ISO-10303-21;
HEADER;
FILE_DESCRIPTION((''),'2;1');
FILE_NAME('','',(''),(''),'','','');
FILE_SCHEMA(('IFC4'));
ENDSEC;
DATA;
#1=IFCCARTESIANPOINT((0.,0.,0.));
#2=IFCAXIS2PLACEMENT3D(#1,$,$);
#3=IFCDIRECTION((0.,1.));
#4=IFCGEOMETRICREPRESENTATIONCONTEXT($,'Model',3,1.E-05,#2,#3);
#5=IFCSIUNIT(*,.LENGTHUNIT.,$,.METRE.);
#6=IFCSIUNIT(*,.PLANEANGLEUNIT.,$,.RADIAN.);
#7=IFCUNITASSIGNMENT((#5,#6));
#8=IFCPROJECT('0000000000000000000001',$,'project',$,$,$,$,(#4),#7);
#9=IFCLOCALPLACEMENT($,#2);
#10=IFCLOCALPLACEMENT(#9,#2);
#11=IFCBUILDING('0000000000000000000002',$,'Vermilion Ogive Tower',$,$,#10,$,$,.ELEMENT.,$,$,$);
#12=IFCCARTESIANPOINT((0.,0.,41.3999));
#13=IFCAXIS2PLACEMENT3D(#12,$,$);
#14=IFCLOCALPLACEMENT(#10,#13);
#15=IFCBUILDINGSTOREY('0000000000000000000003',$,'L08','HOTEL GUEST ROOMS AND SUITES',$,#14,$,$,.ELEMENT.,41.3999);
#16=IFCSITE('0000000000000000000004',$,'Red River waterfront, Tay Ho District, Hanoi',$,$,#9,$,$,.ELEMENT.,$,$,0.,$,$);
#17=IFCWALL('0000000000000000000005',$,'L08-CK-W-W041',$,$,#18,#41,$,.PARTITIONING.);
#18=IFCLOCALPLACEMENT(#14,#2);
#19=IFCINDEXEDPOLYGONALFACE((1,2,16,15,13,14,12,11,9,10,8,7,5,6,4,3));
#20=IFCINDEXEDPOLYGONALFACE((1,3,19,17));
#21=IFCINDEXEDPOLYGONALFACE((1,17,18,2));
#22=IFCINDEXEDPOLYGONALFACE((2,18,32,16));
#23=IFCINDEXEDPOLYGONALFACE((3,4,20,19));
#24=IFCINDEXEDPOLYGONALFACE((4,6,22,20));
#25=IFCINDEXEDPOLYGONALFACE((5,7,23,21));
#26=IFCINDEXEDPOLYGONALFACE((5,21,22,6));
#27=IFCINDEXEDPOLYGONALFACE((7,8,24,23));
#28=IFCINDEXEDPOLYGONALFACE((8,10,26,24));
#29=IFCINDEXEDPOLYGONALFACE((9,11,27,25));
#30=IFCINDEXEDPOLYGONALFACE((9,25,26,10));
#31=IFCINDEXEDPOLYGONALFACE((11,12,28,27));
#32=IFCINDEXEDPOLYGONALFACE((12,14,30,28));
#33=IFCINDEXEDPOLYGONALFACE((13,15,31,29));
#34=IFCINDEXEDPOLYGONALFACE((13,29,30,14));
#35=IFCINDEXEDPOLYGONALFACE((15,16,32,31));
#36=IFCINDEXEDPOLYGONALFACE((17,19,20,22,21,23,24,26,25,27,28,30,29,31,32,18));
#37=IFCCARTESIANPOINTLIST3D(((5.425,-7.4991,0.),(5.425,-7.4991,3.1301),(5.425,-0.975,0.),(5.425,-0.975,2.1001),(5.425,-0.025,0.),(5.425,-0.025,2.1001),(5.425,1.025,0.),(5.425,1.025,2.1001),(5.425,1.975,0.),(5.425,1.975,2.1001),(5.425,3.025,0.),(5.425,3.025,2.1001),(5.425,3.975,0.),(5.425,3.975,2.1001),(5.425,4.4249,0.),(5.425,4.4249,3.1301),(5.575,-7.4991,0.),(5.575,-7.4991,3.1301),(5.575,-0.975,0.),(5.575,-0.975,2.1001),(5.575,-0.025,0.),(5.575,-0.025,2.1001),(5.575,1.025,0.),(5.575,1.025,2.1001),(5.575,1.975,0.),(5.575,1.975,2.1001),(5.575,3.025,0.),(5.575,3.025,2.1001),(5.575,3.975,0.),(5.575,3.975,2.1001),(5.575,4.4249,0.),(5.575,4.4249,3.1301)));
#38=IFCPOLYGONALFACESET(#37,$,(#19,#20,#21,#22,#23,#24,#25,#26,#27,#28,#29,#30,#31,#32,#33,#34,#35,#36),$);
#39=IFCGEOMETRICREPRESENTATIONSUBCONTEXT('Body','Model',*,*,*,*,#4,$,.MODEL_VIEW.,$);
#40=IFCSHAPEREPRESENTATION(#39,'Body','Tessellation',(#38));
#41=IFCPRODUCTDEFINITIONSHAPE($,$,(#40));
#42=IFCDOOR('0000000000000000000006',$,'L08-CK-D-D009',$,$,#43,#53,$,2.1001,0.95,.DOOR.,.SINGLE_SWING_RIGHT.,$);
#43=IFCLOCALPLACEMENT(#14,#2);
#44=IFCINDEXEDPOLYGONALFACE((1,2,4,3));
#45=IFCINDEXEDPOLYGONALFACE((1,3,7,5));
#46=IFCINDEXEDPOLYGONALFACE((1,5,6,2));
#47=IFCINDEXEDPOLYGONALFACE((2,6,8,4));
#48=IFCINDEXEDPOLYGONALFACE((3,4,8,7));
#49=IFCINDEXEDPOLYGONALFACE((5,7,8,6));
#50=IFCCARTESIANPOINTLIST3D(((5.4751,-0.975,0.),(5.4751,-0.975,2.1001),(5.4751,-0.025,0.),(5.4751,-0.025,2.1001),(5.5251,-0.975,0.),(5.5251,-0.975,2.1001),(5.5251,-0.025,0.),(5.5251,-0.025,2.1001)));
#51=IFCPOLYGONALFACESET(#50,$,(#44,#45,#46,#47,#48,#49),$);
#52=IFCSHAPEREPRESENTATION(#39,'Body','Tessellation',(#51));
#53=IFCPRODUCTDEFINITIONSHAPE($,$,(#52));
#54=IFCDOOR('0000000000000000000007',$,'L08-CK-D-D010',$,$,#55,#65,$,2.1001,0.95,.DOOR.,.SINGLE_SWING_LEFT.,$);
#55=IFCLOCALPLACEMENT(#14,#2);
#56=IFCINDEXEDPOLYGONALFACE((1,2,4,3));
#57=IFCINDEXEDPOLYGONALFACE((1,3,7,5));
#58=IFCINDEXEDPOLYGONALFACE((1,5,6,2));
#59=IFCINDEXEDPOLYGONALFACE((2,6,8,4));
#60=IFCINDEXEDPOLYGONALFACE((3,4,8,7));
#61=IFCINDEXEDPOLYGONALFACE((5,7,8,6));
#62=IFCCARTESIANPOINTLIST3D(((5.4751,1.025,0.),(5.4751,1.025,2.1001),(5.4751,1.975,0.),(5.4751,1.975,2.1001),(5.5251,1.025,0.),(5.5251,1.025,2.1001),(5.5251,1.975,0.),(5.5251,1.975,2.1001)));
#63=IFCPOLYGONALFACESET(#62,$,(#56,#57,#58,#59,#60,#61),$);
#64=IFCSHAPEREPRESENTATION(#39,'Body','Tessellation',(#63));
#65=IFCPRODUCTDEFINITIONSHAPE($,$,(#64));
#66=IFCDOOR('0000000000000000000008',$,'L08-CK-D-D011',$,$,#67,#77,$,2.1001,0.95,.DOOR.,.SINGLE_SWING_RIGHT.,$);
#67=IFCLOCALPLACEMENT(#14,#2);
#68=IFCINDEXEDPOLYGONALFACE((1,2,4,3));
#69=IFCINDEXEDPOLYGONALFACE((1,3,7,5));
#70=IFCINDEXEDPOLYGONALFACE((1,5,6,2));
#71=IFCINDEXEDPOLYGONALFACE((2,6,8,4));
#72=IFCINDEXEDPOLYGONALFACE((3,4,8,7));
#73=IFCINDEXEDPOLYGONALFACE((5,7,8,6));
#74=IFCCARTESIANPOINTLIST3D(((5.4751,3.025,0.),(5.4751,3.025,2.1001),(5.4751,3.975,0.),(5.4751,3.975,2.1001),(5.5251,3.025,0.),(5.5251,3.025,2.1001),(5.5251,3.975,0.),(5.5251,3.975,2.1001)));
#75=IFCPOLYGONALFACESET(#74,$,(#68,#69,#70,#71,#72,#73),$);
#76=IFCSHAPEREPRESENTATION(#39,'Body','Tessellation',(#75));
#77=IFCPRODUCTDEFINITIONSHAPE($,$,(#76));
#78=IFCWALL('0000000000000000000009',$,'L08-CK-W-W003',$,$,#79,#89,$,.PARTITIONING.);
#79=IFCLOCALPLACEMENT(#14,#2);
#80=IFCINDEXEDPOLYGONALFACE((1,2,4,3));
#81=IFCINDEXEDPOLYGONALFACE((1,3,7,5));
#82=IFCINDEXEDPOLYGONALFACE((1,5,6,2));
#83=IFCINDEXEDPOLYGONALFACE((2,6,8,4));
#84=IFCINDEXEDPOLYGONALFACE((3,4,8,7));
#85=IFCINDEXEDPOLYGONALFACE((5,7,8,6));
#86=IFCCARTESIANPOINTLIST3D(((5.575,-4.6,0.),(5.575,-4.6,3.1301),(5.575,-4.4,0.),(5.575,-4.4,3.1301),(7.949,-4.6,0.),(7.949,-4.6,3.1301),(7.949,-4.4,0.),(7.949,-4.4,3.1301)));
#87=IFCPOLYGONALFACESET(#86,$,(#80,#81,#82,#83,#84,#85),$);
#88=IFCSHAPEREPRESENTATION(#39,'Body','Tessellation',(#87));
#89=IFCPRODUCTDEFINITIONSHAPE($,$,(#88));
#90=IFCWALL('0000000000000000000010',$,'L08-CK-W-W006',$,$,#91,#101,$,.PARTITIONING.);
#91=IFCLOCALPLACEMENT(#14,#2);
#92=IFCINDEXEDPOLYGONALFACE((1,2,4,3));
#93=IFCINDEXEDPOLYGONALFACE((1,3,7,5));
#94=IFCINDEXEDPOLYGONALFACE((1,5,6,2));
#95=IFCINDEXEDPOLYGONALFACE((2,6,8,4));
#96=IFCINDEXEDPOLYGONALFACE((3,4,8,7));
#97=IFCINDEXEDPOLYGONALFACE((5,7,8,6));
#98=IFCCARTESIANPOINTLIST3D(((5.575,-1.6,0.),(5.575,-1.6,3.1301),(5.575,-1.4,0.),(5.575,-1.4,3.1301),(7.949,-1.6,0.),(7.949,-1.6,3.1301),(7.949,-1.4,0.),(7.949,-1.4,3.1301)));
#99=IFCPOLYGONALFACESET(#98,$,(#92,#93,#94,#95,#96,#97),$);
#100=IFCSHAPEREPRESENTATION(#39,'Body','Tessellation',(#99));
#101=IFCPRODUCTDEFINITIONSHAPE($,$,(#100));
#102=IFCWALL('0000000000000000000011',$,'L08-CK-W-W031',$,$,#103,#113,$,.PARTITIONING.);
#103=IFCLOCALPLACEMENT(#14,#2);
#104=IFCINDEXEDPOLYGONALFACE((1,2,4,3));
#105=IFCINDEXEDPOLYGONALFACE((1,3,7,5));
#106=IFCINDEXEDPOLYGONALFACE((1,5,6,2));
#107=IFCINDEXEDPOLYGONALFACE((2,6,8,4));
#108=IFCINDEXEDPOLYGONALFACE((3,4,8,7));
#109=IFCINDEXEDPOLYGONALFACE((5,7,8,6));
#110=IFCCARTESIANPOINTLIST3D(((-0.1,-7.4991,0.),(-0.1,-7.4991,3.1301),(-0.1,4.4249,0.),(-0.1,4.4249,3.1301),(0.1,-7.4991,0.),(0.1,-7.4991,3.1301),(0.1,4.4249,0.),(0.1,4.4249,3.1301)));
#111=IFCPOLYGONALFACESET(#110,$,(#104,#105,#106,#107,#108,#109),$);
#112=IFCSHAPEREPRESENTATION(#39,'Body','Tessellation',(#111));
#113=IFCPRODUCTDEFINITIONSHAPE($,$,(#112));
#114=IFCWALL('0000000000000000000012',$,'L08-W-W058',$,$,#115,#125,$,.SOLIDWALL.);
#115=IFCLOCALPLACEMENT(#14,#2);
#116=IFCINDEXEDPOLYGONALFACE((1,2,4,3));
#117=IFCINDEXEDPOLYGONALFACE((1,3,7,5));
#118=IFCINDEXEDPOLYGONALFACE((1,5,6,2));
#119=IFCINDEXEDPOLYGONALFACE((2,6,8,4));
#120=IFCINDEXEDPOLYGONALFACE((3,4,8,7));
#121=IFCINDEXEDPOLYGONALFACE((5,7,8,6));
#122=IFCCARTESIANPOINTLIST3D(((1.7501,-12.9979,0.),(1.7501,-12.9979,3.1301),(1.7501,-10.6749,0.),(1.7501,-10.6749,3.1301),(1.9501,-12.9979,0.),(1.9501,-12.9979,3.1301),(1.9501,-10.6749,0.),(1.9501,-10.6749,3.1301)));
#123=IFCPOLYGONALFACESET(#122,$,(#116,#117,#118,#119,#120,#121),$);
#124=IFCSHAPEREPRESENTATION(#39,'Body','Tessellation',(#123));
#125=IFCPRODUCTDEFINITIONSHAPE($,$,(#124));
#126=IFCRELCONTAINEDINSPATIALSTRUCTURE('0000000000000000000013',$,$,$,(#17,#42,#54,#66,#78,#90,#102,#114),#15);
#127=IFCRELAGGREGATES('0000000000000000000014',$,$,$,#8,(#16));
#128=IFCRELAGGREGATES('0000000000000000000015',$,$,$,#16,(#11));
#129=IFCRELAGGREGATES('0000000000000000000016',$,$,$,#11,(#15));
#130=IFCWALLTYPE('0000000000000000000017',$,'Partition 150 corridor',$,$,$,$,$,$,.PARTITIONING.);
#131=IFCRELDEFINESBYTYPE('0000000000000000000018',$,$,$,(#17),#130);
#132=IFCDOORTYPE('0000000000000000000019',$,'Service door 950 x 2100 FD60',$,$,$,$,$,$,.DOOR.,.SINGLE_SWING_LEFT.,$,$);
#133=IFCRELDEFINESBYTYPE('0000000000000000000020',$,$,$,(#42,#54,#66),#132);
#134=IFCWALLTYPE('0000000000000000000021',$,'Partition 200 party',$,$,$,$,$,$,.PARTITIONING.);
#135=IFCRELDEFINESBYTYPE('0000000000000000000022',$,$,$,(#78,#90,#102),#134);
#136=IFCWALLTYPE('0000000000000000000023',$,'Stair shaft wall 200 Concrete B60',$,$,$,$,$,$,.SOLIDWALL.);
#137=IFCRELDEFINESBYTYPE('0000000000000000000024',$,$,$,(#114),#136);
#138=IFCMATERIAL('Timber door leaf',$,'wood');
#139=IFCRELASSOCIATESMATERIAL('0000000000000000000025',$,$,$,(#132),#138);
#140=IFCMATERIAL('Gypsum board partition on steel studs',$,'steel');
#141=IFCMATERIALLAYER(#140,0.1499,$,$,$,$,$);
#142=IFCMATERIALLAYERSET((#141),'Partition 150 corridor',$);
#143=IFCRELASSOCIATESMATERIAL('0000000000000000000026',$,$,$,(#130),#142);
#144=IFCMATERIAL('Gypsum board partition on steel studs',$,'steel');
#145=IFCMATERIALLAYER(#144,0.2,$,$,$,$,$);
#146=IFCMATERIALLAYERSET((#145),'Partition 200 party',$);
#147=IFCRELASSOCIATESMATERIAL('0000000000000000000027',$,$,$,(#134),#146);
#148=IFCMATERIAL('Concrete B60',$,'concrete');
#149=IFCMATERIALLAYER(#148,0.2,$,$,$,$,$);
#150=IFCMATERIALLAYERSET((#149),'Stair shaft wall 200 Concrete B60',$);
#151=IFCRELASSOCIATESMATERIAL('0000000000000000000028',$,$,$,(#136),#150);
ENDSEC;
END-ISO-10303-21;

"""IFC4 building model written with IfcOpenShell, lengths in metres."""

from ifc_helpers import new_model, si_unit, direction, frame, frame_2d, origin, place, context, subcontext, project, spatial, rectangle, extrude, material, layer, layer_set, type_object, element, fill, save


model = new_model("IFC4")

# Units and contexts
model_context = context("Model", 3, precision=1e-05, world=origin(), true_north=direction((0.0, 1.0)))
body_context = subcontext(model_context, "Body", "Model", "MODEL_VIEW")
ifc_project = project(units=[si_unit("LENGTHUNIT", "METRE"), si_unit("PLANEANGLEUNIT", "RADIAN")], contexts=[model_context])

# Site, building, storey
site_placement = place(None, origin())
site = spatial("IfcSite", under=ifc_project, at=site_placement, Name="Red River waterfront, Tay Ho District, Hanoi", CompositionType="ELEMENT", RefElevation=0.0)
building_placement = place(site_placement, origin())
building = spatial("IfcBuilding", under=site, at=building_placement, Name="Vermilion Ogive Tower", CompositionType="ELEMENT")
storey_placement = place(building_placement, frame((0.0, 0.0, 41.3999)))
storey = spatial("IfcBuildingStorey", under=building, at=storey_placement, Name="L08", Description="HOTEL GUEST ROOMS AND SUITES", CompositionType="ELEMENT", Elevation=41.3999)

# Shared definitions
ifc_material_1 = material(Name="Timber door leaf", Category="wood")
door_type_1 = type_object("IfcDoorType", Name="Service door 950 x 2100 FD60", OperationType="SINGLE_SWING_LEFT", PredefinedType="DOOR", material=ifc_material_1)

# Shared definitions
ifc_material_2 = material(Name="Gypsum board partition on steel studs", Category="steel")
ifc_layer_1 = layer(ifc_material_2, 0.1499)
ifc_layer_set_1 = layer_set([ifc_layer_1], Name="Partition 150 corridor")
wall_type_1 = type_object("IfcWallType", Name="Partition 150 corridor", PredefinedType="PARTITIONING", material=ifc_layer_set_1)

# Wall, openings, doors
wall_1_placement = place(storey_placement, frame((5.5, -7.499, 0.0), z_axis=(0.0, 0.0, 1.0), x_axis=(0.0, 1.0, 0.0)))
wall_1 = element("IfcWall", 1, at=wall_1_placement, inside=storey, type_object=wall_type_1, Name="L08-CK-W-W041", PredefinedType="PARTITIONING", context=body_context, shape_type="SweptSolid", body=[
    extrude(rectangle(XDim=11.9241, YDim=0.1499, at=frame_2d((5.9619, 0.0))), origin(), (0.0, 0.0, 1.0), 3.1301),
])
opening_1_placement = place(wall_1_placement, frame((6.5239, 0.0, 0.0)))
opening_1 = element("IfcOpeningElement", 2, at=opening_1_placement, cuts=wall_1, PredefinedType="OPENING", context=body_context, shape_type="SweptSolid", body=[
    extrude(rectangle(XDim=0.95, YDim=2.1001, at=frame_2d((0.4751, 1.05))), frame((0.0, 0.085, 0.0), z_axis=(0.0, -1.0, 0.0), x_axis=(1.0, 0.0, 0.0)), (0.0, 0.0, 1.0), 0.1699),
])
opening_2_placement = place(wall_1_placement, frame((8.5239, 0.0, 0.0)))
opening_2 = element("IfcOpeningElement", 3, at=opening_2_placement, cuts=wall_1, PredefinedType="OPENING", context=body_context, shape_type="SweptSolid", body=[
    extrude(rectangle(XDim=0.95, YDim=2.1001, at=frame_2d((0.4751, 1.05))), frame((0.0, 0.085, 0.0), z_axis=(0.0, -1.0, 0.0), x_axis=(1.0, 0.0, 0.0)), (0.0, 0.0, 1.0), 0.1699),
])
opening_3_placement = place(wall_1_placement, frame((10.5239, 0.0, 0.0)))
opening_3 = element("IfcOpeningElement", 4, at=opening_3_placement, cuts=wall_1, PredefinedType="OPENING", context=body_context, shape_type="SweptSolid", body=[
    extrude(rectangle(XDim=0.95, YDim=2.1001, at=frame_2d((0.4751, 1.05))), frame((0.0, 0.085, 0.0), z_axis=(0.0, -1.0, 0.0), x_axis=(1.0, 0.0, 0.0)), (0.0, 0.0, 1.0), 0.1699),
])
door_1_placement = place(opening_1_placement, origin())
door_1 = element("IfcDoor", 5, at=door_1_placement, inside=storey, type_object=door_type_1, Name="L08-CK-D-D009", OperationType="SINGLE_SWING_RIGHT", OverallHeight=2.1001, OverallWidth=0.95, PredefinedType="DOOR", context=body_context, shape_type="SweptSolid", body=[
    extrude(rectangle(XDim=0.95, YDim=2.1001, at=frame_2d((0.4751, 1.05))), frame((0.0, 0.0249, 0.0), z_axis=(0.0, -1.0, 0.0), x_axis=(1.0, 0.0, 0.0)), (0.0, 0.0, 1.0), 0.05),
])
fill(opening_1, door_1)
door_2_placement = place(opening_2_placement, origin())
door_2 = element("IfcDoor", 6, at=door_2_placement, inside=storey, type_object=door_type_1, Name="L08-CK-D-D010", OperationType="SINGLE_SWING_LEFT", OverallHeight=2.1001, OverallWidth=0.95, PredefinedType="DOOR", context=body_context, shape_type="SweptSolid", body=[
    extrude(rectangle(XDim=0.95, YDim=2.1001, at=frame_2d((0.4751, 1.05))), frame((0.0, 0.0249, 0.0), z_axis=(0.0, -1.0, 0.0), x_axis=(1.0, 0.0, 0.0)), (0.0, 0.0, 1.0), 0.05),
])
fill(opening_2, door_2)
door_3_placement = place(opening_3_placement, origin())
door_3 = element("IfcDoor", 7, at=door_3_placement, inside=storey, type_object=door_type_1, Name="L08-CK-D-D011", OperationType="SINGLE_SWING_RIGHT", OverallHeight=2.1001, OverallWidth=0.95, PredefinedType="DOOR", context=body_context, shape_type="SweptSolid", body=[
    extrude(rectangle(XDim=0.95, YDim=2.1001, at=frame_2d((0.4751, 1.05))), frame((0.0, 0.0249, 0.0), z_axis=(0.0, -1.0, 0.0), x_axis=(1.0, 0.0, 0.0)), (0.0, 0.0, 1.0), 0.05),
])
fill(opening_3, door_3)

# Walls
ifc_material_3 = material(Name="Gypsum board partition on steel studs", Category="steel")
ifc_layer_2 = layer(ifc_material_3, 0.2)
ifc_layer_set_2 = layer_set([ifc_layer_2], Name="Partition 200 party")
wall_type_2 = type_object("IfcWallType", Name="Partition 200 party", PredefinedType="PARTITIONING", material=ifc_layer_set_2)
for number, where, z_axis, x_axis, name in (
    (8, (5.575, -4.5, 0.0), (0.0, 0.0, 1.0), (1.0, 0.0, 0.0), "L08-CK-W-W003"),
    (9, (5.575, -1.5, 0.0), (0.0, 0.0, 1.0), (1.0, 0.0, 0.0), "L08-CK-W-W006"),
):
    element("IfcWall", number, at=place(storey_placement, frame(where, z_axis=z_axis, x_axis=x_axis)), inside=storey, type_object=wall_type_2, Name=name, PredefinedType="PARTITIONING", context=body_context, shape_type="SweptSolid", body=[
        extrude(rectangle(XDim=2.374, YDim=0.2, at=frame_2d((1.187, 0.0))), origin(), (0.0, 0.0, 1.0), 3.1301),
    ])
wall_2_placement = place(storey_placement, frame((0.0, -7.499, 0.0), z_axis=(0.0, 0.0, 1.0), x_axis=(0.0, 1.0, 0.0)))
element("IfcWall", 10, at=wall_2_placement, inside=storey, type_object=wall_type_2, Name="L08-CK-W-W031", PredefinedType="PARTITIONING", context=body_context, shape_type="SweptSolid", body=[
    extrude(rectangle(XDim=11.9241, YDim=0.2, at=frame_2d((5.9619, 0.0))), origin(), (0.0, 0.0, 1.0), 3.1301),
])
ifc_material_4 = material(Name="Concrete B60", Category="concrete")
ifc_layer_3 = layer(ifc_material_4, 0.2)
ifc_layer_set_3 = layer_set([ifc_layer_3], Name="Stair shaft wall 200 Concrete B60")
wall_type_3 = type_object("IfcWallType", Name="Stair shaft wall 200 Concrete B60", PredefinedType="SOLIDWALL", material=ifc_layer_set_3)
wall_3_placement = place(storey_placement, frame((1.8501, -12.998, 0.0), z_axis=(0.0, 0.0, 1.0), x_axis=(0.0, 1.0, 0.0)))
element("IfcWall", 11, at=wall_3_placement, inside=storey, type_object=wall_type_3, Name="L08-W-W058", PredefinedType="SOLIDWALL", context=body_context, shape_type="SweptSolid", body=[
    extrude(rectangle(XDim=2.323, YDim=0.2, at=frame_2d((1.1616, 0.0))), origin(), (0.0, 0.0, 1.0), 3.1301),
])

save(model, "model.ifc")
